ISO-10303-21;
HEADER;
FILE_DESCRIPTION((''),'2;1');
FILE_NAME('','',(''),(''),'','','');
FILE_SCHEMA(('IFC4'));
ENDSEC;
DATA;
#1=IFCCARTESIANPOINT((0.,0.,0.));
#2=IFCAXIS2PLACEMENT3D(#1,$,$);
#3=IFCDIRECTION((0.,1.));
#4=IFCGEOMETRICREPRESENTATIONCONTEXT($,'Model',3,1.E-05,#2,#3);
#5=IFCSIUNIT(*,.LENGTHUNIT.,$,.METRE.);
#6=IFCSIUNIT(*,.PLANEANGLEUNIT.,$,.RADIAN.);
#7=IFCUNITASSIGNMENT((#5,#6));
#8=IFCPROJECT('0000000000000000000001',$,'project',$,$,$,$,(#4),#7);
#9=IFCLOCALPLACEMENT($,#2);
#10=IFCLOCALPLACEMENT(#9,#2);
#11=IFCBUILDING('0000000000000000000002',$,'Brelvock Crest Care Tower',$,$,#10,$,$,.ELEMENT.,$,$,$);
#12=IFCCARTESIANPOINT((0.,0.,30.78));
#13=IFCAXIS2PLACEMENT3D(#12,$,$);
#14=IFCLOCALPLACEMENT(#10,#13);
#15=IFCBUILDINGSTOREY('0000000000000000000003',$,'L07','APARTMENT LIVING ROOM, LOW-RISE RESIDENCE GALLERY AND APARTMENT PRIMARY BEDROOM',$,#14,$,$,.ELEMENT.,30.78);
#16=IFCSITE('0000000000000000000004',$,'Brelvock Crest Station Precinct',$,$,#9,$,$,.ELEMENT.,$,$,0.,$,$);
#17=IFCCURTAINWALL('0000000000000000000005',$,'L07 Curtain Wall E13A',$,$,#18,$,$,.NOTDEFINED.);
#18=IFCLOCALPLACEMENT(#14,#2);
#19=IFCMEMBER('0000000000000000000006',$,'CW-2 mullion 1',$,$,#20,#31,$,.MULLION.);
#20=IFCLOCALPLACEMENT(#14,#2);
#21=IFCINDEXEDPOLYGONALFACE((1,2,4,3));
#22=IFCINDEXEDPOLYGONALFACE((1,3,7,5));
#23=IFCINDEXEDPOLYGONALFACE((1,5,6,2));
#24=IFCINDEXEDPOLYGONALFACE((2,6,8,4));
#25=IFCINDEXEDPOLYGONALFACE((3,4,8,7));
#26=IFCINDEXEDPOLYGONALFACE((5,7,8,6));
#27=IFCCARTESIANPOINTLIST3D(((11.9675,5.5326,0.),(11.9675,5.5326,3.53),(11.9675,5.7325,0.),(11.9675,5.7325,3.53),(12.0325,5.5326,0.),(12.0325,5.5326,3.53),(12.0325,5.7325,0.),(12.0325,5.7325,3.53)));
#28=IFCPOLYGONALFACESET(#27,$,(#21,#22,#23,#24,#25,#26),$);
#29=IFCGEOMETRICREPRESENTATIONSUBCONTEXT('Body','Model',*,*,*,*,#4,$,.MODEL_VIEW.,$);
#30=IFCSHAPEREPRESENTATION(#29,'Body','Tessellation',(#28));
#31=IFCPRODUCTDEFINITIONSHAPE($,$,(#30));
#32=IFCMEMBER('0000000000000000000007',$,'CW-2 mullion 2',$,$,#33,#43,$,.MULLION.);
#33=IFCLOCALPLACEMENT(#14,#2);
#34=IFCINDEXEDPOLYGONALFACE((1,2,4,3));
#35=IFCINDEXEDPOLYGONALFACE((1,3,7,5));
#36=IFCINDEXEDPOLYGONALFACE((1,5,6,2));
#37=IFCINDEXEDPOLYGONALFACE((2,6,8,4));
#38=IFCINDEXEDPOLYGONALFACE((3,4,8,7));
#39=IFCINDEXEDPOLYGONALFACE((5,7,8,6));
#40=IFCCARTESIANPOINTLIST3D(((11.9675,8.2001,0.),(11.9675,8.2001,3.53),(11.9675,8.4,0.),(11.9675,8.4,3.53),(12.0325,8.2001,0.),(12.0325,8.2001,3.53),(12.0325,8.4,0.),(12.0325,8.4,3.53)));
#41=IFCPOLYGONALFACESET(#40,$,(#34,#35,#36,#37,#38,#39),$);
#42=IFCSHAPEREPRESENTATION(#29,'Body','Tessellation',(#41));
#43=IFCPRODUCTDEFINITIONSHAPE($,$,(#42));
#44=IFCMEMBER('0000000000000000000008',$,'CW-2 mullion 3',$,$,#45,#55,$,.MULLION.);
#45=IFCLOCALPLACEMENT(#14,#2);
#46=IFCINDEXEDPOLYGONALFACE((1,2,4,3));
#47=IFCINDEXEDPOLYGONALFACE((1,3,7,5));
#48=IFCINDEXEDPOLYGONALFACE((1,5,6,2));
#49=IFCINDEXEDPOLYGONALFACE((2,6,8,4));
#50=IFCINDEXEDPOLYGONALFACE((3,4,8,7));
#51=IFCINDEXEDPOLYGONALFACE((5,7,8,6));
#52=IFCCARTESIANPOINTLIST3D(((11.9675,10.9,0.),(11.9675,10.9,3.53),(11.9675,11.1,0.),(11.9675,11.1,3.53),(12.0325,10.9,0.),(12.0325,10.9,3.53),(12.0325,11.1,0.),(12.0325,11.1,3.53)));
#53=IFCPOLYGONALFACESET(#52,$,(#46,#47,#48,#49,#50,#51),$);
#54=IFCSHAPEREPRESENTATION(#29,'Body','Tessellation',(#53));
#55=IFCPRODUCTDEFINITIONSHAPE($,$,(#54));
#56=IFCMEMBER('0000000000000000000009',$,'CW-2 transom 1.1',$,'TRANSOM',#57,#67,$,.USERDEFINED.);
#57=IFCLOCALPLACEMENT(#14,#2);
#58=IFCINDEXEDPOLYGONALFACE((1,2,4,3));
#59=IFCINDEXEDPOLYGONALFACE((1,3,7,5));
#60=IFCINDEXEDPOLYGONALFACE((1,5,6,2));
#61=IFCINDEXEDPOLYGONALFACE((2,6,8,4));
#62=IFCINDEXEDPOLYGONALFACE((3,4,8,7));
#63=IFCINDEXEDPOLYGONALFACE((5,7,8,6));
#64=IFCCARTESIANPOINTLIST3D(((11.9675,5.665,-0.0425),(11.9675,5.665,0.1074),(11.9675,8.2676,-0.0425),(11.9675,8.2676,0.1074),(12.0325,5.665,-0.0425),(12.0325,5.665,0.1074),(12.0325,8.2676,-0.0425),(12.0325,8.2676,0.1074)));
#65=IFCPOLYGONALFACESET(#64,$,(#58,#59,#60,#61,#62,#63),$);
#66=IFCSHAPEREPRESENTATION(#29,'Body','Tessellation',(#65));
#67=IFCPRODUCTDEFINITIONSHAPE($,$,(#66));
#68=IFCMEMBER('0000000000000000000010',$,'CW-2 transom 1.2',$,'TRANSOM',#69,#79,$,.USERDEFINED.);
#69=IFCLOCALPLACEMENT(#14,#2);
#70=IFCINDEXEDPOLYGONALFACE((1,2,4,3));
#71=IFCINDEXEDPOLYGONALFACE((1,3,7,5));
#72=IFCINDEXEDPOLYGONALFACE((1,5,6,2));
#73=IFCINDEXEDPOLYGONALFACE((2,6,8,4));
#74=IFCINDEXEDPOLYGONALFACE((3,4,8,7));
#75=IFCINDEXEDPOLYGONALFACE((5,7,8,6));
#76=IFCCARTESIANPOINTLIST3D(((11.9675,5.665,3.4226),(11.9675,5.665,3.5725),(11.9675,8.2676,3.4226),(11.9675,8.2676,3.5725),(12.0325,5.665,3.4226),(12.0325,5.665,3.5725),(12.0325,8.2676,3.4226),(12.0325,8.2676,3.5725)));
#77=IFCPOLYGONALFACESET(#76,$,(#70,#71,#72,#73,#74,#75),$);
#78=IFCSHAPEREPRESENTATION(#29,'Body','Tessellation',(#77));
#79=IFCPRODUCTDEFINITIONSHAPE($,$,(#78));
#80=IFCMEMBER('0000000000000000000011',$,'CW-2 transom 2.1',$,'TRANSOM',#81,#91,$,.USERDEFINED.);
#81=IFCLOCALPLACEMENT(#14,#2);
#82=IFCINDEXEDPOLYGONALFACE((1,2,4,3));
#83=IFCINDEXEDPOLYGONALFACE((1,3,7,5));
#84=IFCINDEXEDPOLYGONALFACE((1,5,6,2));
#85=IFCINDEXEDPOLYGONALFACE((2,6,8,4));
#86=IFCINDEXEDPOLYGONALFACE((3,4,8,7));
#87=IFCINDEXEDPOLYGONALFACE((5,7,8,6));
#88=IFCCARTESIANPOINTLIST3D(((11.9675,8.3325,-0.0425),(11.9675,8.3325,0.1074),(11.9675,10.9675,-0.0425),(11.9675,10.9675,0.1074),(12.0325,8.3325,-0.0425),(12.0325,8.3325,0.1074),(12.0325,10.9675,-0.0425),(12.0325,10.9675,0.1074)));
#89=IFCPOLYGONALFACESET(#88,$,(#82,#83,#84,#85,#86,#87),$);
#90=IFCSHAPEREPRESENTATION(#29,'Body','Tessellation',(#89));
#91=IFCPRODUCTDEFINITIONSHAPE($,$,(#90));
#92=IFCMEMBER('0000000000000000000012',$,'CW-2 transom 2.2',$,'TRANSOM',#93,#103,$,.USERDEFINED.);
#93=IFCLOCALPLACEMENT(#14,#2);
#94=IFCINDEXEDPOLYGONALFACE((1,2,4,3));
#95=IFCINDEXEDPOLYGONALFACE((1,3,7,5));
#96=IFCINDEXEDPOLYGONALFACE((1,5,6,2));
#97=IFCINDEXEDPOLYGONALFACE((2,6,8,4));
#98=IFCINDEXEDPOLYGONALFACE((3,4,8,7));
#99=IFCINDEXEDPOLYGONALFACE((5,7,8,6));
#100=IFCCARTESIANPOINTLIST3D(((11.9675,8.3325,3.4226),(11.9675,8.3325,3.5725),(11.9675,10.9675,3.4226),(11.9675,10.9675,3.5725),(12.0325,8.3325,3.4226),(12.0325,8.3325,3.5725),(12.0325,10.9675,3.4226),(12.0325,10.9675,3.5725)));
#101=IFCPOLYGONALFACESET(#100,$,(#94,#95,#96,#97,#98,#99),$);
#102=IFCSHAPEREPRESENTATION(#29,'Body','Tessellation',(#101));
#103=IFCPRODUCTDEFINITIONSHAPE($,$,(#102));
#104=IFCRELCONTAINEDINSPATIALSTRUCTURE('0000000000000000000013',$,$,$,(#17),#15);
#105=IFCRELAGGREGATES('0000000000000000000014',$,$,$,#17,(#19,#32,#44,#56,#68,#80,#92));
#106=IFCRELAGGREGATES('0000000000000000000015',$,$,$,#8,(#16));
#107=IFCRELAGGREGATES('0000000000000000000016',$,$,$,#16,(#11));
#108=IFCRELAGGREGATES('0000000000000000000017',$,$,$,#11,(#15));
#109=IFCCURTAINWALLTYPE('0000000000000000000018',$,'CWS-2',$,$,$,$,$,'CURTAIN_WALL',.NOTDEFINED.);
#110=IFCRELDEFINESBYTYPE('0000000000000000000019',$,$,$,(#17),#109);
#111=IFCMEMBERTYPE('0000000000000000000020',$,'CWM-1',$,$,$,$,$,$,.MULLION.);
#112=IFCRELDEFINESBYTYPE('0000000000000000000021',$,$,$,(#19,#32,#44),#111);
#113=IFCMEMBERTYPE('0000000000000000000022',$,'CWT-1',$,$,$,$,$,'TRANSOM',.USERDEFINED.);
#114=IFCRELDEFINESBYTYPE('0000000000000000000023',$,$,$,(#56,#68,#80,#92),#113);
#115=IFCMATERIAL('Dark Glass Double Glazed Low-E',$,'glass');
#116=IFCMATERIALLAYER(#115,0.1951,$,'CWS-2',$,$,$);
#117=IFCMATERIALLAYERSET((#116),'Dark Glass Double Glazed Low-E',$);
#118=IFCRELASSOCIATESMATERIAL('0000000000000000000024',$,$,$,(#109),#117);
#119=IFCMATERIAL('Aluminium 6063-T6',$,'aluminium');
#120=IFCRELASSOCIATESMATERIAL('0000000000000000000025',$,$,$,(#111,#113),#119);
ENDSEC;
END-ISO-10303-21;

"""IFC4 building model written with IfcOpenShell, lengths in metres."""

from ifc_helpers import new_model, si_unit, direction, frame, origin, origin_2d, place, context, subcontext, project, spatial, rectangle, extrude, source, transform, mapped, material, layer, layer_set, material_profile, profile_set, type_object, element, aggregate, save


model = new_model("IFC4")

# Units and contexts
model_context = context("Model", 3, precision=1e-05, world=origin(), true_north=direction((0.0, 1.0)))
body_context = subcontext(model_context, "Body", "Model", "MODEL_VIEW")
ifc_project = project(units=[si_unit("LENGTHUNIT", "METRE"), si_unit("PLANEANGLEUNIT", "RADIAN")], contexts=[model_context])

# Site, building, storey
site_placement = place(None, origin())
site = spatial("IfcSite", under=ifc_project, at=site_placement, Name="Brelvock Crest Station Precinct", CompositionType="ELEMENT", RefElevation=0.0)
building_placement = place(site_placement, origin())
building = spatial("IfcBuilding", under=site, at=building_placement, Name="Brelvock Crest Care Tower", CompositionType="ELEMENT")
storey_placement = place(building_placement, frame((0.0, 0.0, 30.78)))
storey = spatial("IfcBuildingStorey", under=building, at=storey_placement, Name="L07", Description="APARTMENT LIVING ROOM, LOW-RISE RESIDENCE GALLERY AND APARTMENT PRIMARY BEDROOM", CompositionType="ELEMENT", Elevation=30.78)

# Curtain wall, members
ifc_material_1 = material(Name="Dark Glass Double Glazed Low-E", Category="glass")
ifc_layer_1 = layer(ifc_material_1, 0.1951, Name="CWS-2")
ifc_layer_set_1 = layer_set([ifc_layer_1], Name="Dark Glass Double Glazed Low-E")
curtain_wall_type = type_object("IfcCurtainWallType", Name="CWS-2", ElementType="CURTAIN_WALL", PredefinedType="NOTDEFINED", material=ifc_layer_set_1)
curtain_wall_placement = place(storey_placement, origin())
curtain_wall = element("IfcCurtainWall", 1, at=curtain_wall_placement, inside=storey, type_object=curtain_wall_type, Name="L07 Curtain Wall E13A", PredefinedType="NOTDEFINED")
ifc_material_2 = material(Name="Aluminium 6063-T6", Category="aluminium")
ifc_material_profile_1 = material_profile(ifc_material_2, rectangle(XDim=0.0649, YDim=0.2, at=origin_2d()), Name="ALU65x200")
ifc_profile_set_1 = profile_set([ifc_material_profile_1], Name="Aluminium 6063-T6")
member_type_1 = type_object("IfcMemberType", Name="CWM-1", PredefinedType="MULLION", material=ifc_profile_set_1)
shared_shape_1 = source(origin(), body_context, "Body", "SweptSolid", [
    extrude(rectangle(XDim=0.0649, YDim=0.2, at=origin_2d()), origin(), (0.0, 0.0, 1.0), 3.53),
])
member_1_placement = place(storey_placement, frame((12.0, 5.6326, 0.0), z_axis=(0.0, 0.0, 1.0), x_axis=(-1.0, 0.0, 0.0)))
member_1 = element("IfcMember", 2, at=member_1_placement, type_object=member_type_1, Name="CW-2 mullion 1", PredefinedType="MULLION", context=body_context, shape_type="MappedRepresentation", body=[
    mapped(shared_shape_1, transform((0.0, 0.0, 0.0), x_axis=(1.0, 0.0, 0.0), y_axis=(0.0, 1.0, 0.0), z_axis=(0.0, 0.0, 1.0), scale=1.0)),
])
member_2_placement = place(storey_placement, frame((12.0, 8.3, 0.0), z_axis=(0.0, 0.0, 1.0), x_axis=(-1.0, 0.0, 0.0)))
member_2 = element("IfcMember", 3, at=member_2_placement, type_object=member_type_1, Name="CW-2 mullion 2", PredefinedType="MULLION", context=body_context, shape_type="MappedRepresentation", body=[
    mapped(shared_shape_1, transform((0.0, 0.0, 0.0), x_axis=(1.0, 0.0, 0.0), y_axis=(0.0, 1.0, 0.0), z_axis=(0.0, 0.0, 1.0), scale=1.0)),
])
member_3_placement = place(storey_placement, frame((12.0, 11.0, 0.0), z_axis=(0.0, 0.0, 1.0), x_axis=(-1.0, 0.0, 0.0)))
member_3 = element("IfcMember", 4, at=member_3_placement, type_object=member_type_1, Name="CW-2 mullion 3", PredefinedType="MULLION", context=body_context, shape_type="MappedRepresentation", body=[
    mapped(shared_shape_1, transform((0.0, 0.0, 0.0), x_axis=(1.0, 0.0, 0.0), y_axis=(0.0, 1.0, 0.0), z_axis=(0.0, 0.0, 1.0), scale=1.0)),
])
ifc_material_profile_2 = material_profile(ifc_material_2, rectangle(XDim=0.0649, YDim=0.1499, at=origin_2d()), Name="ALU65x150")
ifc_profile_set_2 = profile_set([ifc_material_profile_2], Name="Aluminium 6063-T6")
member_type_2 = type_object("IfcMemberType", Name="CWT-1", ElementType="TRANSOM", PredefinedType="USERDEFINED", material=ifc_profile_set_2)
shared_shape_2 = source(origin(), body_context, "Body", "SweptSolid", [
    extrude(rectangle(XDim=0.0649, YDim=0.1499, at=origin_2d()), origin(), (0.0, 0.0, 1.0), 2.6025),
])
member_4_placement = place(storey_placement, frame((12.0, 5.665, 0.0325), z_axis=(0.0, 1.0, 0.0), x_axis=(-1.0, 0.0, 0.0)))
member_4 = element("IfcMember", 5, at=member_4_placement, type_object=member_type_2, Name="CW-2 transom 1.1", ObjectType="TRANSOM", PredefinedType="USERDEFINED", context=body_context, shape_type="MappedRepresentation", body=[
    mapped(shared_shape_2, transform((0.0, 0.0, 0.0), x_axis=(1.0, 0.0, 0.0), y_axis=(0.0, 1.0, 0.0), z_axis=(0.0, 0.0, 1.0), scale=1.0)),
])
member_5_placement = place(storey_placement, frame((12.0, 5.665, 3.4976), z_axis=(0.0, 1.0, 0.0), x_axis=(-1.0, 0.0, 0.0)))
member_5 = element("IfcMember", 6, at=member_5_placement, type_object=member_type_2, Name="CW-2 transom 1.2", ObjectType="TRANSOM", PredefinedType="USERDEFINED", context=body_context, shape_type="MappedRepresentation", body=[
    mapped(shared_shape_2, transform((0.0, 0.0, 0.0), x_axis=(1.0, 0.0, 0.0), y_axis=(0.0, 1.0, 0.0), z_axis=(0.0, 0.0, 1.0), scale=1.0)),
])
shared_shape_3 = source(origin(), body_context, "Body", "SweptSolid", [
    extrude(rectangle(XDim=0.0649, YDim=0.1499, at=origin_2d()), origin(), (0.0, 0.0, 1.0), 2.635),
])
member_6_placement = place(storey_placement, frame((12.0, 8.3325, 0.0325), z_axis=(0.0, 1.0, 0.0), x_axis=(-1.0, 0.0, 0.0)))
member_6 = element("IfcMember", 7, at=member_6_placement, type_object=member_type_2, Name="CW-2 transom 2.1", ObjectType="TRANSOM", PredefinedType="USERDEFINED", context=body_context, shape_type="MappedRepresentation", body=[
    mapped(shared_shape_3, transform((0.0, 0.0, 0.0), x_axis=(1.0, 0.0, 0.0), y_axis=(0.0, 1.0, 0.0), z_axis=(0.0, 0.0, 1.0), scale=1.0)),
])
member_7_placement = place(storey_placement, frame((12.0, 8.3325, 3.4976), z_axis=(0.0, 1.0, 0.0), x_axis=(-1.0, 0.0, 0.0)))
member_7 = element("IfcMember", 8, at=member_7_placement, type_object=member_type_2, Name="CW-2 transom 2.2", ObjectType="TRANSOM", PredefinedType="USERDEFINED", context=body_context, shape_type="MappedRepresentation", body=[
    mapped(shared_shape_3, transform((0.0, 0.0, 0.0), x_axis=(1.0, 0.0, 0.0), y_axis=(0.0, 1.0, 0.0), z_axis=(0.0, 0.0, 1.0), scale=1.0)),
])

aggregate(curtain_wall, [member_1, member_2, member_3, member_4, member_5, member_6, member_7])

save(model, "model.ifc")
